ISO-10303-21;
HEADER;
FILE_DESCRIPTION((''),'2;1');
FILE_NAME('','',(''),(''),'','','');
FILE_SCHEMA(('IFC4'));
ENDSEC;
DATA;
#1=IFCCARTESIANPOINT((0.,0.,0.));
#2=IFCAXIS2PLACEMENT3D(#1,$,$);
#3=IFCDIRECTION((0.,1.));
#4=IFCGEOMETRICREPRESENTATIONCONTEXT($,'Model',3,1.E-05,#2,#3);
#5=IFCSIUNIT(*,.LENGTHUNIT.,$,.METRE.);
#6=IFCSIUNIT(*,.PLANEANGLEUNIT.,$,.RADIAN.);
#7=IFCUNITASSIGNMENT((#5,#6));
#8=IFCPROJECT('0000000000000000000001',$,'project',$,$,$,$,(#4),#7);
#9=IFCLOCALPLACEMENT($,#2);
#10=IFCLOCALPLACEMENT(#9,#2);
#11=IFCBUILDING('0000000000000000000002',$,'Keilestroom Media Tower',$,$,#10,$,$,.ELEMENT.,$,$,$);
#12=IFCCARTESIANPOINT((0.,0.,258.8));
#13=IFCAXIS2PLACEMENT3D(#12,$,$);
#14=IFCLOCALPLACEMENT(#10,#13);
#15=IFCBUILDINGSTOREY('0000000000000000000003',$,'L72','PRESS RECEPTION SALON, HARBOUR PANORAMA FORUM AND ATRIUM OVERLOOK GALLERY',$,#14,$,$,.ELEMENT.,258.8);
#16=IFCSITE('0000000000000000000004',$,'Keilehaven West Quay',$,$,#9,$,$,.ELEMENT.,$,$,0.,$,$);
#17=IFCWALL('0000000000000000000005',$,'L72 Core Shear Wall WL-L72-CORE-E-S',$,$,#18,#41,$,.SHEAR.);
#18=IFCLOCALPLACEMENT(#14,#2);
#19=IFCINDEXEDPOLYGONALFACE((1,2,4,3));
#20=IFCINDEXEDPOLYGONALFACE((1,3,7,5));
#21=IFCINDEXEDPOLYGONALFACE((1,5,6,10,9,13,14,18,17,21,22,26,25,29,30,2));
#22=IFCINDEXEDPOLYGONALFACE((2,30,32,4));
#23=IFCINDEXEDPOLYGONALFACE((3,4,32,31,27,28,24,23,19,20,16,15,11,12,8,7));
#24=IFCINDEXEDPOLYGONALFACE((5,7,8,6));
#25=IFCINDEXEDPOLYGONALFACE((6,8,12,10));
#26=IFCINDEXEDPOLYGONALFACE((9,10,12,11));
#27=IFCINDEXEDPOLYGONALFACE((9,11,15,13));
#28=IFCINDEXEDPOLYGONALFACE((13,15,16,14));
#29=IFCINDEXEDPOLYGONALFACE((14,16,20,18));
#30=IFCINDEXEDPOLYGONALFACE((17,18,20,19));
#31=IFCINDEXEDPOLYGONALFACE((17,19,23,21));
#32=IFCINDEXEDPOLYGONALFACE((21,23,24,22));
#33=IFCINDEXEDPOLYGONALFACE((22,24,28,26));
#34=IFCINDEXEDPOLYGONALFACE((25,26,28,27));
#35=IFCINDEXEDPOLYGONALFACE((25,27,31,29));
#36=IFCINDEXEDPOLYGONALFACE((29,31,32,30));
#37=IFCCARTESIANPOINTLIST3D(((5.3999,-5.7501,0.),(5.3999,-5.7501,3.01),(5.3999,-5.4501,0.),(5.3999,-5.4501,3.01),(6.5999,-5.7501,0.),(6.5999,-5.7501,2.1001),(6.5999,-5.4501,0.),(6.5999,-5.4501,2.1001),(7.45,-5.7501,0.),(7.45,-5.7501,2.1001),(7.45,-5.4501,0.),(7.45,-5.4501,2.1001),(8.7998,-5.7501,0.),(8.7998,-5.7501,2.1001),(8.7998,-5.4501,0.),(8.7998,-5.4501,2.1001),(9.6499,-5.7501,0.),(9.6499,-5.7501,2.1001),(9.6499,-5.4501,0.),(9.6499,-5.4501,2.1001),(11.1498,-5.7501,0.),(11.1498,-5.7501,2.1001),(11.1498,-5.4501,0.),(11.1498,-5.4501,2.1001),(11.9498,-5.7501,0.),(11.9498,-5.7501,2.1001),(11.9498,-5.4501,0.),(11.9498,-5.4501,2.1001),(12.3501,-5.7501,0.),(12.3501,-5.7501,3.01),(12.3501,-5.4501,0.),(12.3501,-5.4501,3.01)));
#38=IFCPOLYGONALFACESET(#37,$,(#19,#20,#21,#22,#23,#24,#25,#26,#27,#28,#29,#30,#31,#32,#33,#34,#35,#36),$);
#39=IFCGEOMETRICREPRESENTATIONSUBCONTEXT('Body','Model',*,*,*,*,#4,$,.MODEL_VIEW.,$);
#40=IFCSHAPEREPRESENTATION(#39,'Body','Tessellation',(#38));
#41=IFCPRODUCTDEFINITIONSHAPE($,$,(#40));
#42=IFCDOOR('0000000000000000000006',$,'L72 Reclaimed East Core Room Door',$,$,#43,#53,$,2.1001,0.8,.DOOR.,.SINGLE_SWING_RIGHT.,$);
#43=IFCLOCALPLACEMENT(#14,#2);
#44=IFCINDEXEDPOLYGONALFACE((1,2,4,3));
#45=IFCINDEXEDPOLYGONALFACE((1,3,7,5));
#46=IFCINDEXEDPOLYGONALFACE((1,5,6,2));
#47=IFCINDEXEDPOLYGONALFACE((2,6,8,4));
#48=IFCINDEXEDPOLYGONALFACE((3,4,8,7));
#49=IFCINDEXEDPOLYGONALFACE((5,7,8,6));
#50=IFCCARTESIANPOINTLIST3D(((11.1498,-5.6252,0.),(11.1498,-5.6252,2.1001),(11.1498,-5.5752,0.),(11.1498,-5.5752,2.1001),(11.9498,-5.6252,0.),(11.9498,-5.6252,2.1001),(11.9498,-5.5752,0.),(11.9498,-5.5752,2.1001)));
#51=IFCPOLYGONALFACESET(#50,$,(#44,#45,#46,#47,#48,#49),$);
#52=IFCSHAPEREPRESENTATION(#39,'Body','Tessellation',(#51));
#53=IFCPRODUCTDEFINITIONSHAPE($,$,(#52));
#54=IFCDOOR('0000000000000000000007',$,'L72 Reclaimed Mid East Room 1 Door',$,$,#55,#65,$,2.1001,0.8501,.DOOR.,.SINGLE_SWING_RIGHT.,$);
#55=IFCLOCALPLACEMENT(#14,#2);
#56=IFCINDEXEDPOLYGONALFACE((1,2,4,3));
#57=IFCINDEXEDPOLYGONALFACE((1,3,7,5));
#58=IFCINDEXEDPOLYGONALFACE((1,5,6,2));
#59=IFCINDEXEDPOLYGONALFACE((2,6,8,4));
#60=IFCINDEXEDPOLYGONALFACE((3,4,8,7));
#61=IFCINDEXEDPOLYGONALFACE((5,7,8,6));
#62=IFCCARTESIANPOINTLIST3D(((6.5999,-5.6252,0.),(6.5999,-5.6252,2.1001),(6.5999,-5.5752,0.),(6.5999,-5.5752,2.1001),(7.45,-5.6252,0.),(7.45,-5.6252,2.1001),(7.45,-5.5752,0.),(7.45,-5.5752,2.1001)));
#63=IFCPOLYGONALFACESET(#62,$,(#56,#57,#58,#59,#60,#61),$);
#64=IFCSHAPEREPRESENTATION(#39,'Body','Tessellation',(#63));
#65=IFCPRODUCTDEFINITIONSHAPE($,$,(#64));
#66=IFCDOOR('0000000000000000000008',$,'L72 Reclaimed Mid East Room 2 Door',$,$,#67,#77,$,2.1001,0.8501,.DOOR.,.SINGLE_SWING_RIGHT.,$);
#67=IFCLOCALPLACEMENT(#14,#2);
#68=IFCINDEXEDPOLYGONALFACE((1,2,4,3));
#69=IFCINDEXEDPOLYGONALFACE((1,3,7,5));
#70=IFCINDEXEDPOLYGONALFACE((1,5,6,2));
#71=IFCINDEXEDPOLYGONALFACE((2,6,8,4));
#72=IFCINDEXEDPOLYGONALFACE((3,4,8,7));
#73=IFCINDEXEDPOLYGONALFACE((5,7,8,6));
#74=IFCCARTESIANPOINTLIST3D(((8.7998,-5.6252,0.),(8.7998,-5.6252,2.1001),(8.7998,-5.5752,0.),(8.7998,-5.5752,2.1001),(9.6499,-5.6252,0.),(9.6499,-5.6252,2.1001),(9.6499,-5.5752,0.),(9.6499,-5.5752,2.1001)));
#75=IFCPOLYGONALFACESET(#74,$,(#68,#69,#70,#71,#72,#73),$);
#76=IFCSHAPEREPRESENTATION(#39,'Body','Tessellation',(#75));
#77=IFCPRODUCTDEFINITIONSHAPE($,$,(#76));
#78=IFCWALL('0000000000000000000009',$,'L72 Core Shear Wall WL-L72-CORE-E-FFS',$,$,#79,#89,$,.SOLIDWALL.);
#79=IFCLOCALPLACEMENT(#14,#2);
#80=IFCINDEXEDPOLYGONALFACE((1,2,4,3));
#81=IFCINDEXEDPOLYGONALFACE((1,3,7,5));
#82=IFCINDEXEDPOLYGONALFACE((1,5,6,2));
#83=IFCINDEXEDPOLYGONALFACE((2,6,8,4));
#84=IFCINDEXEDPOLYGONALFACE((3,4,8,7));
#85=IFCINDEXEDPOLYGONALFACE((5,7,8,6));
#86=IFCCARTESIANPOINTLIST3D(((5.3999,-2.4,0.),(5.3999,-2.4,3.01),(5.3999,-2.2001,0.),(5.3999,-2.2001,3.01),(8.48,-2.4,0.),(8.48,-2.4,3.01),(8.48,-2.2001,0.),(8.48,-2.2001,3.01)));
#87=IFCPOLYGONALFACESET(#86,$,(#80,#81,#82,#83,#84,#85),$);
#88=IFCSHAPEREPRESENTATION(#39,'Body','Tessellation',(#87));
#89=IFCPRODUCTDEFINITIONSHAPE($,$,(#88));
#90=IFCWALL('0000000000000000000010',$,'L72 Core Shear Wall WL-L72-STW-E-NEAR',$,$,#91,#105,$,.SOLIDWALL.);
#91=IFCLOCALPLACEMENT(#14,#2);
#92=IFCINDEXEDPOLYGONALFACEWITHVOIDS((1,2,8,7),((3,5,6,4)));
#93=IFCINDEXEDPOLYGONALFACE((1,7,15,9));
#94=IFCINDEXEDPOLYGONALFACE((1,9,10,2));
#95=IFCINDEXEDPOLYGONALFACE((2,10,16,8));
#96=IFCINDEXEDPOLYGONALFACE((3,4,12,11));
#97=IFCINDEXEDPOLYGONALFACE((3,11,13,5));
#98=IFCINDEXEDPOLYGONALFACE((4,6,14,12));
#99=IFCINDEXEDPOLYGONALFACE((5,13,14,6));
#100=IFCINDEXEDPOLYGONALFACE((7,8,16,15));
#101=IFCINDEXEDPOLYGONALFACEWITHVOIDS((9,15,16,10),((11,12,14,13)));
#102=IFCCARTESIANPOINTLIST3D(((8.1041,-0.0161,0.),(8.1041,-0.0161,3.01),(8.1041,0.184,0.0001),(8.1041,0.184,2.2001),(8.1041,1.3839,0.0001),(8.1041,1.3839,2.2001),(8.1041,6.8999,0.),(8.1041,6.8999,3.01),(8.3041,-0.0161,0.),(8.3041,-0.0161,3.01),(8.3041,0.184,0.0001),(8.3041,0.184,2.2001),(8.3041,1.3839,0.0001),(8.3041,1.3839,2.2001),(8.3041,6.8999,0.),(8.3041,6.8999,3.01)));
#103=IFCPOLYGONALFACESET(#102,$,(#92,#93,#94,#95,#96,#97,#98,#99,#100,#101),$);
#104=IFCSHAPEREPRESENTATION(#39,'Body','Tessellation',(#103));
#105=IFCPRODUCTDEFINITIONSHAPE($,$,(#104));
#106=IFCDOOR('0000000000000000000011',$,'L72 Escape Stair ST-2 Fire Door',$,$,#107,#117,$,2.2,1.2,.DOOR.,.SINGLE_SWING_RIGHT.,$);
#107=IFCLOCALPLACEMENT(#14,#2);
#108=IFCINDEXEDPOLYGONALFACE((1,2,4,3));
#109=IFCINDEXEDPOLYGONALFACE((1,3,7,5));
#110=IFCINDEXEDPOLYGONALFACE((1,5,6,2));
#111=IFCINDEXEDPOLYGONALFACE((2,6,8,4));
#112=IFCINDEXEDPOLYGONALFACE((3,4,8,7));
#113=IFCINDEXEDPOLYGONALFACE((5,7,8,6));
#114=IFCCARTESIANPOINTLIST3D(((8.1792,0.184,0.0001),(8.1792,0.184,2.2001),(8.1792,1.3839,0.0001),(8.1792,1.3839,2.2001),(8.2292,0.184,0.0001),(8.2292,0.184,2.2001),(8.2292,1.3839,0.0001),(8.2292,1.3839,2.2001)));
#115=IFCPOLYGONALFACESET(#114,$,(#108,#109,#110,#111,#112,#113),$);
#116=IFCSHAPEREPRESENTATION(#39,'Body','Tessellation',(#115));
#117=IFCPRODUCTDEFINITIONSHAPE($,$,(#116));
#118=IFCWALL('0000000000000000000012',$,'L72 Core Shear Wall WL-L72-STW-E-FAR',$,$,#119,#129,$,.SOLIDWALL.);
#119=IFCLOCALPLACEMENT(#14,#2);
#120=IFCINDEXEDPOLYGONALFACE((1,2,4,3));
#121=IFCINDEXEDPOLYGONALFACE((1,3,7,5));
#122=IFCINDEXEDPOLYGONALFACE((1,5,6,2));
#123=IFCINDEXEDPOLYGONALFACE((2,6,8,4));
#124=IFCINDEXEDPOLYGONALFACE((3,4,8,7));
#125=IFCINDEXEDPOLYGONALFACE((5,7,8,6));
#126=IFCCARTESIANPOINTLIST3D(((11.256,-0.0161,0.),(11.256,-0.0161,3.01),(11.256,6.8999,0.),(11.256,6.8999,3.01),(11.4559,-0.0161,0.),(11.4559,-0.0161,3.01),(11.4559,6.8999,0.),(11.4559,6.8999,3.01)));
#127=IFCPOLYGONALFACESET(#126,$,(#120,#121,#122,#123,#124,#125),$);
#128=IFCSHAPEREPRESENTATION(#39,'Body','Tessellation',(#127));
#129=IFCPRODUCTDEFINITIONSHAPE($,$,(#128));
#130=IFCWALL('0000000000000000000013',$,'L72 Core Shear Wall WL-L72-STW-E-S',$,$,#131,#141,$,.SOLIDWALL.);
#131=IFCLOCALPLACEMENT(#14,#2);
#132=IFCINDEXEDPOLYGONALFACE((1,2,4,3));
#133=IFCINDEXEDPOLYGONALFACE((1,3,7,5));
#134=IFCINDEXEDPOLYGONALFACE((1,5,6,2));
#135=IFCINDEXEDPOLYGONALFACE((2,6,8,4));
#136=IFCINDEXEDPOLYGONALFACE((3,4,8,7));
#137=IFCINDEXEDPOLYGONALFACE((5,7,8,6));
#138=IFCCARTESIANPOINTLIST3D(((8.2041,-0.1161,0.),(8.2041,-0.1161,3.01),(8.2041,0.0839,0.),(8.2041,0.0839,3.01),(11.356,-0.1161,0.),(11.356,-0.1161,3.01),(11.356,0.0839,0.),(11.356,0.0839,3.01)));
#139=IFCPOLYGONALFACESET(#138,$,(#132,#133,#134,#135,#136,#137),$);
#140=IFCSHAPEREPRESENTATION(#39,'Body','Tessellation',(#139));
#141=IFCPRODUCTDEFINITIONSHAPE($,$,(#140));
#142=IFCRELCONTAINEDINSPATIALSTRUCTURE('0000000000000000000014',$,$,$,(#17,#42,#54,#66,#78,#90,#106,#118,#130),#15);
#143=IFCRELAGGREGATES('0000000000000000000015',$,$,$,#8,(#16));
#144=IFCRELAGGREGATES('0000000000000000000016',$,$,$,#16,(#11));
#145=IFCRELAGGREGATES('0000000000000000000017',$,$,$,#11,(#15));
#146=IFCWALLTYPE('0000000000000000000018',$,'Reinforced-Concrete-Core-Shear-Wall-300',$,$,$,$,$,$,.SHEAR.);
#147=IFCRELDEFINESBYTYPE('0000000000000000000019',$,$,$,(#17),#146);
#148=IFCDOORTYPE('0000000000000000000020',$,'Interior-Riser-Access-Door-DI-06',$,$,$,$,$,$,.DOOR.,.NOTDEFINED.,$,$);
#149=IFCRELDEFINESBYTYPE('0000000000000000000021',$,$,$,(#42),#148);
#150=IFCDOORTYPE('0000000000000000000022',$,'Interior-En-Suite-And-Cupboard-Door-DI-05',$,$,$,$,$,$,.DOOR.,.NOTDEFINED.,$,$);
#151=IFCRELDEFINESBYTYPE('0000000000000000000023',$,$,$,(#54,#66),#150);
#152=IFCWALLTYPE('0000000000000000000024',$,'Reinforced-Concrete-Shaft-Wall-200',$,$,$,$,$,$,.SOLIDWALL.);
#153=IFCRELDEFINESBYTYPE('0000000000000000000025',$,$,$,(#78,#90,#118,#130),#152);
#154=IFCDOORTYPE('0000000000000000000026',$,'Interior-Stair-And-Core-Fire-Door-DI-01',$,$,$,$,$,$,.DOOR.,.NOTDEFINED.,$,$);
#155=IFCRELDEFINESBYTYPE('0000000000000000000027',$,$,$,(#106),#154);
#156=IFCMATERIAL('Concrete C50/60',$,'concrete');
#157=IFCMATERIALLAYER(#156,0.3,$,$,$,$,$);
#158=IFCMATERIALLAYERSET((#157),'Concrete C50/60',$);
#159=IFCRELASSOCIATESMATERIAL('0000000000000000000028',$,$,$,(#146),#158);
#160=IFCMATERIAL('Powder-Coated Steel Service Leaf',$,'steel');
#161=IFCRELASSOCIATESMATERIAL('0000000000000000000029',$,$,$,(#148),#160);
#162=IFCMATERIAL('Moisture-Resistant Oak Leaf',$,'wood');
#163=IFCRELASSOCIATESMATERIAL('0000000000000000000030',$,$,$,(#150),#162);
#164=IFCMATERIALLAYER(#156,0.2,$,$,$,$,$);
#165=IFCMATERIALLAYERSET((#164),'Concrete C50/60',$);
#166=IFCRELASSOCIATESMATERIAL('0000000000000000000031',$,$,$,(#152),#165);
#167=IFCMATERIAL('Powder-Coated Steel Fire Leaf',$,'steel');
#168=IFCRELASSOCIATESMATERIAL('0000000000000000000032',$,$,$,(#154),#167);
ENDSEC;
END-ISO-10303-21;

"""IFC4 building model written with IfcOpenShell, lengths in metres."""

from ifc_helpers import new_model, si_unit, direction, frame, frame_2d, origin, place, context, subcontext, project, spatial, rectangle, extrude, source, transform, mapped, material, layer, layer_set, type_object, element, fill, save


model = new_model("IFC4")

# Units and contexts
model_context = context("Model", 3, precision=1e-05, world=origin(), true_north=direction((0.0, 1.0)))
body_context = subcontext(model_context, "Body", "Model", "MODEL_VIEW")
ifc_project = project(units=[si_unit("LENGTHUNIT", "METRE"), si_unit("PLANEANGLEUNIT", "RADIAN")], contexts=[model_context])

# Site, building, storey
site_placement = place(None, origin())
site = spatial("IfcSite", under=ifc_project, at=site_placement, Name="Keilehaven West Quay", CompositionType="ELEMENT", RefElevation=0.0)
building_placement = place(site_placement, origin())
building = spatial("IfcBuilding", under=site, at=building_placement, Name="Keilestroom Media Tower", CompositionType="ELEMENT")
storey_placement = place(building_placement, frame((0.0, 0.0, 258.8)))
storey = spatial("IfcBuildingStorey", under=building, at=storey_placement, Name="L72", Description="PRESS RECEPTION SALON, HARBOUR PANORAMA FORUM AND ATRIUM OVERLOOK GALLERY", CompositionType="ELEMENT", Elevation=258.8)

# Shared definitions
ifc_material_1 = material(Name="Concrete C50/60", Category="concrete")

# Wall, openings, doors
ifc_layer_1 = layer(ifc_material_1, 0.3)
ifc_layer_set_1 = layer_set([ifc_layer_1], Name="Concrete C50/60")
wall_type_1 = type_object("IfcWallType", Name="Reinforced-Concrete-Core-Shear-Wall-300", PredefinedType="SHEAR", material=ifc_layer_set_1)
ifc_material_2 = material(Name="Powder-Coated Steel Fire Leaf", Category="steel")
shared_shape_1 = source(origin(), body_context, "Body", "SweptSolid", [
    extrude(rectangle(XDim=1.2, YDim=2.2, at=frame_2d((0.6001, 1.1001))), frame((0.0, 0.0249, 0.0), z_axis=(0.0, -1.0, 0.0), x_axis=(1.0, 0.0, 0.0)), (0.0, 0.0, 1.0), 0.05),
])
ifc_material_3 = material(Name="Powder-Coated Steel Service Leaf", Category="steel")
door_type_1 = type_object("IfcDoorType", Name="Interior-Riser-Access-Door-DI-06", OperationType="NOTDEFINED", PredefinedType="DOOR", material=ifc_material_3)
shared_shape_2 = source(origin(), body_context, "Body", "SweptSolid", [
    extrude(rectangle(XDim=0.8, YDim=2.1001, at=frame_2d((0.3999, 1.05))), frame((0.0, 0.0249, 0.0), z_axis=(0.0, -1.0, 0.0), x_axis=(1.0, 0.0, 0.0)), (0.0, 0.0, 1.0), 0.05),
])
wall_1_placement = place(storey_placement, frame((5.3999, -5.6001, 0.0), z_axis=(0.0, 0.0, 1.0), x_axis=(1.0, 0.0, 0.0)))
wall_1 = element("IfcWall", 1, at=wall_1_placement, inside=storey, type_object=wall_type_1, Name="L72 Core Shear Wall WL-L72-CORE-E-S", PredefinedType="SHEAR", context=body_context, shape_type="SweptSolid", body=[
    extrude(rectangle(XDim=6.9502, YDim=0.3, at=frame_2d((3.4751, 0.0))), origin(), (0.0, 0.0, 1.0), 3.01),
])
opening_1_placement = place(wall_1_placement, frame((5.75, 0.0, 0.0)))
opening_1 = element("IfcOpeningElement", 2, at=opening_1_placement, cuts=wall_1, PredefinedType="OPENING", context=body_context, shape_type="SweptSolid", body=[
    extrude(rectangle(XDim=0.8, YDim=2.1001, at=frame_2d((0.3999, 1.05))), frame((0.0, 0.1602, 0.0), z_axis=(0.0, -1.0, 0.0), x_axis=(1.0, 0.0, 0.0)), (0.0, 0.0, 1.0), 0.3201),
])
opening_2_placement = place(wall_1_placement, frame((1.2, 0.0, 0.0)))
opening_2 = element("IfcOpeningElement", 3, at=opening_2_placement, cuts=wall_1, PredefinedType="OPENING", context=body_context, shape_type="SweptSolid", body=[
    extrude(rectangle(XDim=0.8501, YDim=2.1001, at=frame_2d((0.425, 1.05))), frame((0.0, 0.1602, 0.0), z_axis=(0.0, -1.0, 0.0), x_axis=(1.0, 0.0, 0.0)), (0.0, 0.0, 1.0), 0.3201),
])
opening_3_placement = place(wall_1_placement, frame((3.3999, 0.0, 0.0)))
opening_3 = element("IfcOpeningElement", 4, at=opening_3_placement, cuts=wall_1, PredefinedType="OPENING", context=body_context, shape_type="SweptSolid", body=[
    extrude(rectangle(XDim=0.8501, YDim=2.1001, at=frame_2d((0.425, 1.05))), frame((0.0, 0.1602, 0.0), z_axis=(0.0, -1.0, 0.0), x_axis=(1.0, 0.0, 0.0)), (0.0, 0.0, 1.0), 0.3201),
])
door_1_placement = place(opening_1_placement, origin())
door_1 = element("IfcDoor", 5, at=door_1_placement, inside=storey, type_object=door_type_1, Name="L72 Reclaimed East Core Room Door", OperationType="SINGLE_SWING_RIGHT", OverallHeight=2.1001, OverallWidth=0.8, PredefinedType="DOOR", context=body_context, shape_type="MappedRepresentation", body=[
    mapped(shared_shape_2, transform((0.0, 0.0, 0.0), x_axis=(1.0, 0.0, 0.0), y_axis=(0.0, 1.0, 0.0), z_axis=(0.0, 0.0, 1.0), scale=1.0)),
])
fill(opening_1, door_1)
ifc_material_4 = material(Name="Moisture-Resistant Oak Leaf", Category="wood")
door_type_2 = type_object("IfcDoorType", Name="Interior-En-Suite-And-Cupboard-Door-DI-05", OperationType="NOTDEFINED", PredefinedType="DOOR", material=ifc_material_4)
shared_shape_3 = source(origin(), body_context, "Body", "SweptSolid", [
    extrude(rectangle(XDim=0.8501, YDim=2.1001, at=frame_2d((0.425, 1.05))), frame((0.0, 0.0249, 0.0), z_axis=(0.0, -1.0, 0.0), x_axis=(1.0, 0.0, 0.0)), (0.0, 0.0, 1.0), 0.05),
])
door_2_placement = place(opening_2_placement, origin())
door_2 = element("IfcDoor", 6, at=door_2_placement, inside=storey, type_object=door_type_2, Name="L72 Reclaimed Mid East Room 1 Door", OperationType="SINGLE_SWING_RIGHT", OverallHeight=2.1001, OverallWidth=0.8501, PredefinedType="DOOR", context=body_context, shape_type="MappedRepresentation", body=[
    mapped(shared_shape_3, transform((0.0, 0.0, 0.0), x_axis=(1.0, 0.0, 0.0), y_axis=(0.0, 1.0, 0.0), z_axis=(0.0, 0.0, 1.0), scale=1.0)),
])
fill(opening_2, door_2)
door_3_placement = place(opening_3_placement, origin())
door_3 = element("IfcDoor", 7, at=door_3_placement, inside=storey, type_object=door_type_2, Name="L72 Reclaimed Mid East Room 2 Door", OperationType="SINGLE_SWING_RIGHT", OverallHeight=2.1001, OverallWidth=0.8501, PredefinedType="DOOR", context=body_context, shape_type="MappedRepresentation", body=[
    mapped(shared_shape_3, transform((0.0, 0.0, 0.0), x_axis=(1.0, 0.0, 0.0), y_axis=(0.0, 1.0, 0.0), z_axis=(0.0, 0.0, 1.0), scale=1.0)),
])
fill(opening_3, door_3)

# Wall
ifc_layer_2 = layer(ifc_material_1, 0.2)
ifc_layer_set_2 = layer_set([ifc_layer_2], Name="Concrete C50/60")
wall_type_2 = type_object("IfcWallType", Name="Reinforced-Concrete-Shaft-Wall-200", PredefinedType="SOLIDWALL", material=ifc_layer_set_2)
wall_2_placement = place(storey_placement, frame((5.3999, -2.3, 0.0), z_axis=(0.0, 0.0, 1.0), x_axis=(1.0, 0.0, 0.0)))
element("IfcWall", 8, at=wall_2_placement, inside=storey, type_object=wall_type_2, Name="L72 Core Shear Wall WL-L72-CORE-E-FFS", PredefinedType="SOLIDWALL", context=body_context, shape_type="SweptSolid", body=[
    extrude(rectangle(XDim=3.0801, YDim=0.2, at=frame_2d((1.54, 0.0))), origin(), (0.0, 0.0, 1.0), 3.01),
])

# Wall, opening, door
wall_3_placement = place(storey_placement, frame((8.2041, -0.0161, 0.0), z_axis=(0.0, 0.0, 1.0), x_axis=(0.0, 1.0, 0.0)))
wall_3 = element("IfcWall", 9, at=wall_3_placement, inside=storey, type_object=wall_type_2, Name="L72 Core Shear Wall WL-L72-STW-E-NEAR", PredefinedType="SOLIDWALL", context=body_context, shape_type="SweptSolid", body=[
    extrude(rectangle(XDim=6.916, YDim=0.2, at=frame_2d((3.458, 0.0))), origin(), (0.0, 0.0, 1.0), 3.01),
])
opening_4_placement = place(wall_3_placement, frame((0.2, 0.0, 0.0)))
opening_4 = element("IfcOpeningElement", 10, at=opening_4_placement, cuts=wall_3, PredefinedType="OPENING", context=body_context, shape_type="SweptSolid", body=[
    extrude(rectangle(XDim=1.2, YDim=2.2, at=frame_2d((0.6001, 1.1001))), frame((0.0, 0.1099, 0.0), z_axis=(0.0, -1.0, 0.0), x_axis=(1.0, 0.0, 0.0)), (0.0, 0.0, 1.0), 0.22),
])
door_type_3 = type_object("IfcDoorType", Name="Interior-Stair-And-Core-Fire-Door-DI-01", OperationType="NOTDEFINED", PredefinedType="DOOR", material=ifc_material_2)
door_4_placement = place(opening_4_placement, origin())
door_4 = element("IfcDoor", 11, at=door_4_placement, inside=storey, type_object=door_type_3, Name="L72 Escape Stair ST-2 Fire Door", OperationType="SINGLE_SWING_RIGHT", OverallHeight=2.2, OverallWidth=1.2, PredefinedType="DOOR", context=body_context, shape_type="MappedRepresentation", body=[
    mapped(shared_shape_1, transform((0.0, 0.0, 0.0), x_axis=(1.0, 0.0, 0.0), y_axis=(0.0, 1.0, 0.0), z_axis=(0.0, 0.0, 1.0), scale=1.0)),
])
fill(opening_4, door_4)

# Walls
wall_4_placement = place(storey_placement, frame((11.356, -0.0161, 0.0), z_axis=(0.0, 0.0, 1.0), x_axis=(0.0, 1.0, 0.0)))
element("IfcWall", 12, at=wall_4_placement, inside=storey, type_object=wall_type_2, Name="L72 Core Shear Wall WL-L72-STW-E-FAR", PredefinedType="SOLIDWALL", context=body_context, shape_type="SweptSolid", body=[
    extrude(rectangle(XDim=6.916, YDim=0.2, at=frame_2d((3.458, 0.0))), origin(), (0.0, 0.0, 1.0), 3.01),
])
wall_5_placement = place(storey_placement, frame((8.2041, -0.0161, 0.0), z_axis=(0.0, 0.0, 1.0), x_axis=(1.0, 0.0, 0.0)))
element("IfcWall", 13, at=wall_5_placement, inside=storey, type_object=wall_type_2, Name="L72 Core Shear Wall WL-L72-STW-E-S", PredefinedType="SOLIDWALL", context=body_context, shape_type="SweptSolid", body=[
    extrude(rectangle(XDim=3.1519, YDim=0.2, at=frame_2d((1.5759, 0.0))), origin(), (0.0, 0.0, 1.0), 3.01),
])

save(model, "model.ifc")
